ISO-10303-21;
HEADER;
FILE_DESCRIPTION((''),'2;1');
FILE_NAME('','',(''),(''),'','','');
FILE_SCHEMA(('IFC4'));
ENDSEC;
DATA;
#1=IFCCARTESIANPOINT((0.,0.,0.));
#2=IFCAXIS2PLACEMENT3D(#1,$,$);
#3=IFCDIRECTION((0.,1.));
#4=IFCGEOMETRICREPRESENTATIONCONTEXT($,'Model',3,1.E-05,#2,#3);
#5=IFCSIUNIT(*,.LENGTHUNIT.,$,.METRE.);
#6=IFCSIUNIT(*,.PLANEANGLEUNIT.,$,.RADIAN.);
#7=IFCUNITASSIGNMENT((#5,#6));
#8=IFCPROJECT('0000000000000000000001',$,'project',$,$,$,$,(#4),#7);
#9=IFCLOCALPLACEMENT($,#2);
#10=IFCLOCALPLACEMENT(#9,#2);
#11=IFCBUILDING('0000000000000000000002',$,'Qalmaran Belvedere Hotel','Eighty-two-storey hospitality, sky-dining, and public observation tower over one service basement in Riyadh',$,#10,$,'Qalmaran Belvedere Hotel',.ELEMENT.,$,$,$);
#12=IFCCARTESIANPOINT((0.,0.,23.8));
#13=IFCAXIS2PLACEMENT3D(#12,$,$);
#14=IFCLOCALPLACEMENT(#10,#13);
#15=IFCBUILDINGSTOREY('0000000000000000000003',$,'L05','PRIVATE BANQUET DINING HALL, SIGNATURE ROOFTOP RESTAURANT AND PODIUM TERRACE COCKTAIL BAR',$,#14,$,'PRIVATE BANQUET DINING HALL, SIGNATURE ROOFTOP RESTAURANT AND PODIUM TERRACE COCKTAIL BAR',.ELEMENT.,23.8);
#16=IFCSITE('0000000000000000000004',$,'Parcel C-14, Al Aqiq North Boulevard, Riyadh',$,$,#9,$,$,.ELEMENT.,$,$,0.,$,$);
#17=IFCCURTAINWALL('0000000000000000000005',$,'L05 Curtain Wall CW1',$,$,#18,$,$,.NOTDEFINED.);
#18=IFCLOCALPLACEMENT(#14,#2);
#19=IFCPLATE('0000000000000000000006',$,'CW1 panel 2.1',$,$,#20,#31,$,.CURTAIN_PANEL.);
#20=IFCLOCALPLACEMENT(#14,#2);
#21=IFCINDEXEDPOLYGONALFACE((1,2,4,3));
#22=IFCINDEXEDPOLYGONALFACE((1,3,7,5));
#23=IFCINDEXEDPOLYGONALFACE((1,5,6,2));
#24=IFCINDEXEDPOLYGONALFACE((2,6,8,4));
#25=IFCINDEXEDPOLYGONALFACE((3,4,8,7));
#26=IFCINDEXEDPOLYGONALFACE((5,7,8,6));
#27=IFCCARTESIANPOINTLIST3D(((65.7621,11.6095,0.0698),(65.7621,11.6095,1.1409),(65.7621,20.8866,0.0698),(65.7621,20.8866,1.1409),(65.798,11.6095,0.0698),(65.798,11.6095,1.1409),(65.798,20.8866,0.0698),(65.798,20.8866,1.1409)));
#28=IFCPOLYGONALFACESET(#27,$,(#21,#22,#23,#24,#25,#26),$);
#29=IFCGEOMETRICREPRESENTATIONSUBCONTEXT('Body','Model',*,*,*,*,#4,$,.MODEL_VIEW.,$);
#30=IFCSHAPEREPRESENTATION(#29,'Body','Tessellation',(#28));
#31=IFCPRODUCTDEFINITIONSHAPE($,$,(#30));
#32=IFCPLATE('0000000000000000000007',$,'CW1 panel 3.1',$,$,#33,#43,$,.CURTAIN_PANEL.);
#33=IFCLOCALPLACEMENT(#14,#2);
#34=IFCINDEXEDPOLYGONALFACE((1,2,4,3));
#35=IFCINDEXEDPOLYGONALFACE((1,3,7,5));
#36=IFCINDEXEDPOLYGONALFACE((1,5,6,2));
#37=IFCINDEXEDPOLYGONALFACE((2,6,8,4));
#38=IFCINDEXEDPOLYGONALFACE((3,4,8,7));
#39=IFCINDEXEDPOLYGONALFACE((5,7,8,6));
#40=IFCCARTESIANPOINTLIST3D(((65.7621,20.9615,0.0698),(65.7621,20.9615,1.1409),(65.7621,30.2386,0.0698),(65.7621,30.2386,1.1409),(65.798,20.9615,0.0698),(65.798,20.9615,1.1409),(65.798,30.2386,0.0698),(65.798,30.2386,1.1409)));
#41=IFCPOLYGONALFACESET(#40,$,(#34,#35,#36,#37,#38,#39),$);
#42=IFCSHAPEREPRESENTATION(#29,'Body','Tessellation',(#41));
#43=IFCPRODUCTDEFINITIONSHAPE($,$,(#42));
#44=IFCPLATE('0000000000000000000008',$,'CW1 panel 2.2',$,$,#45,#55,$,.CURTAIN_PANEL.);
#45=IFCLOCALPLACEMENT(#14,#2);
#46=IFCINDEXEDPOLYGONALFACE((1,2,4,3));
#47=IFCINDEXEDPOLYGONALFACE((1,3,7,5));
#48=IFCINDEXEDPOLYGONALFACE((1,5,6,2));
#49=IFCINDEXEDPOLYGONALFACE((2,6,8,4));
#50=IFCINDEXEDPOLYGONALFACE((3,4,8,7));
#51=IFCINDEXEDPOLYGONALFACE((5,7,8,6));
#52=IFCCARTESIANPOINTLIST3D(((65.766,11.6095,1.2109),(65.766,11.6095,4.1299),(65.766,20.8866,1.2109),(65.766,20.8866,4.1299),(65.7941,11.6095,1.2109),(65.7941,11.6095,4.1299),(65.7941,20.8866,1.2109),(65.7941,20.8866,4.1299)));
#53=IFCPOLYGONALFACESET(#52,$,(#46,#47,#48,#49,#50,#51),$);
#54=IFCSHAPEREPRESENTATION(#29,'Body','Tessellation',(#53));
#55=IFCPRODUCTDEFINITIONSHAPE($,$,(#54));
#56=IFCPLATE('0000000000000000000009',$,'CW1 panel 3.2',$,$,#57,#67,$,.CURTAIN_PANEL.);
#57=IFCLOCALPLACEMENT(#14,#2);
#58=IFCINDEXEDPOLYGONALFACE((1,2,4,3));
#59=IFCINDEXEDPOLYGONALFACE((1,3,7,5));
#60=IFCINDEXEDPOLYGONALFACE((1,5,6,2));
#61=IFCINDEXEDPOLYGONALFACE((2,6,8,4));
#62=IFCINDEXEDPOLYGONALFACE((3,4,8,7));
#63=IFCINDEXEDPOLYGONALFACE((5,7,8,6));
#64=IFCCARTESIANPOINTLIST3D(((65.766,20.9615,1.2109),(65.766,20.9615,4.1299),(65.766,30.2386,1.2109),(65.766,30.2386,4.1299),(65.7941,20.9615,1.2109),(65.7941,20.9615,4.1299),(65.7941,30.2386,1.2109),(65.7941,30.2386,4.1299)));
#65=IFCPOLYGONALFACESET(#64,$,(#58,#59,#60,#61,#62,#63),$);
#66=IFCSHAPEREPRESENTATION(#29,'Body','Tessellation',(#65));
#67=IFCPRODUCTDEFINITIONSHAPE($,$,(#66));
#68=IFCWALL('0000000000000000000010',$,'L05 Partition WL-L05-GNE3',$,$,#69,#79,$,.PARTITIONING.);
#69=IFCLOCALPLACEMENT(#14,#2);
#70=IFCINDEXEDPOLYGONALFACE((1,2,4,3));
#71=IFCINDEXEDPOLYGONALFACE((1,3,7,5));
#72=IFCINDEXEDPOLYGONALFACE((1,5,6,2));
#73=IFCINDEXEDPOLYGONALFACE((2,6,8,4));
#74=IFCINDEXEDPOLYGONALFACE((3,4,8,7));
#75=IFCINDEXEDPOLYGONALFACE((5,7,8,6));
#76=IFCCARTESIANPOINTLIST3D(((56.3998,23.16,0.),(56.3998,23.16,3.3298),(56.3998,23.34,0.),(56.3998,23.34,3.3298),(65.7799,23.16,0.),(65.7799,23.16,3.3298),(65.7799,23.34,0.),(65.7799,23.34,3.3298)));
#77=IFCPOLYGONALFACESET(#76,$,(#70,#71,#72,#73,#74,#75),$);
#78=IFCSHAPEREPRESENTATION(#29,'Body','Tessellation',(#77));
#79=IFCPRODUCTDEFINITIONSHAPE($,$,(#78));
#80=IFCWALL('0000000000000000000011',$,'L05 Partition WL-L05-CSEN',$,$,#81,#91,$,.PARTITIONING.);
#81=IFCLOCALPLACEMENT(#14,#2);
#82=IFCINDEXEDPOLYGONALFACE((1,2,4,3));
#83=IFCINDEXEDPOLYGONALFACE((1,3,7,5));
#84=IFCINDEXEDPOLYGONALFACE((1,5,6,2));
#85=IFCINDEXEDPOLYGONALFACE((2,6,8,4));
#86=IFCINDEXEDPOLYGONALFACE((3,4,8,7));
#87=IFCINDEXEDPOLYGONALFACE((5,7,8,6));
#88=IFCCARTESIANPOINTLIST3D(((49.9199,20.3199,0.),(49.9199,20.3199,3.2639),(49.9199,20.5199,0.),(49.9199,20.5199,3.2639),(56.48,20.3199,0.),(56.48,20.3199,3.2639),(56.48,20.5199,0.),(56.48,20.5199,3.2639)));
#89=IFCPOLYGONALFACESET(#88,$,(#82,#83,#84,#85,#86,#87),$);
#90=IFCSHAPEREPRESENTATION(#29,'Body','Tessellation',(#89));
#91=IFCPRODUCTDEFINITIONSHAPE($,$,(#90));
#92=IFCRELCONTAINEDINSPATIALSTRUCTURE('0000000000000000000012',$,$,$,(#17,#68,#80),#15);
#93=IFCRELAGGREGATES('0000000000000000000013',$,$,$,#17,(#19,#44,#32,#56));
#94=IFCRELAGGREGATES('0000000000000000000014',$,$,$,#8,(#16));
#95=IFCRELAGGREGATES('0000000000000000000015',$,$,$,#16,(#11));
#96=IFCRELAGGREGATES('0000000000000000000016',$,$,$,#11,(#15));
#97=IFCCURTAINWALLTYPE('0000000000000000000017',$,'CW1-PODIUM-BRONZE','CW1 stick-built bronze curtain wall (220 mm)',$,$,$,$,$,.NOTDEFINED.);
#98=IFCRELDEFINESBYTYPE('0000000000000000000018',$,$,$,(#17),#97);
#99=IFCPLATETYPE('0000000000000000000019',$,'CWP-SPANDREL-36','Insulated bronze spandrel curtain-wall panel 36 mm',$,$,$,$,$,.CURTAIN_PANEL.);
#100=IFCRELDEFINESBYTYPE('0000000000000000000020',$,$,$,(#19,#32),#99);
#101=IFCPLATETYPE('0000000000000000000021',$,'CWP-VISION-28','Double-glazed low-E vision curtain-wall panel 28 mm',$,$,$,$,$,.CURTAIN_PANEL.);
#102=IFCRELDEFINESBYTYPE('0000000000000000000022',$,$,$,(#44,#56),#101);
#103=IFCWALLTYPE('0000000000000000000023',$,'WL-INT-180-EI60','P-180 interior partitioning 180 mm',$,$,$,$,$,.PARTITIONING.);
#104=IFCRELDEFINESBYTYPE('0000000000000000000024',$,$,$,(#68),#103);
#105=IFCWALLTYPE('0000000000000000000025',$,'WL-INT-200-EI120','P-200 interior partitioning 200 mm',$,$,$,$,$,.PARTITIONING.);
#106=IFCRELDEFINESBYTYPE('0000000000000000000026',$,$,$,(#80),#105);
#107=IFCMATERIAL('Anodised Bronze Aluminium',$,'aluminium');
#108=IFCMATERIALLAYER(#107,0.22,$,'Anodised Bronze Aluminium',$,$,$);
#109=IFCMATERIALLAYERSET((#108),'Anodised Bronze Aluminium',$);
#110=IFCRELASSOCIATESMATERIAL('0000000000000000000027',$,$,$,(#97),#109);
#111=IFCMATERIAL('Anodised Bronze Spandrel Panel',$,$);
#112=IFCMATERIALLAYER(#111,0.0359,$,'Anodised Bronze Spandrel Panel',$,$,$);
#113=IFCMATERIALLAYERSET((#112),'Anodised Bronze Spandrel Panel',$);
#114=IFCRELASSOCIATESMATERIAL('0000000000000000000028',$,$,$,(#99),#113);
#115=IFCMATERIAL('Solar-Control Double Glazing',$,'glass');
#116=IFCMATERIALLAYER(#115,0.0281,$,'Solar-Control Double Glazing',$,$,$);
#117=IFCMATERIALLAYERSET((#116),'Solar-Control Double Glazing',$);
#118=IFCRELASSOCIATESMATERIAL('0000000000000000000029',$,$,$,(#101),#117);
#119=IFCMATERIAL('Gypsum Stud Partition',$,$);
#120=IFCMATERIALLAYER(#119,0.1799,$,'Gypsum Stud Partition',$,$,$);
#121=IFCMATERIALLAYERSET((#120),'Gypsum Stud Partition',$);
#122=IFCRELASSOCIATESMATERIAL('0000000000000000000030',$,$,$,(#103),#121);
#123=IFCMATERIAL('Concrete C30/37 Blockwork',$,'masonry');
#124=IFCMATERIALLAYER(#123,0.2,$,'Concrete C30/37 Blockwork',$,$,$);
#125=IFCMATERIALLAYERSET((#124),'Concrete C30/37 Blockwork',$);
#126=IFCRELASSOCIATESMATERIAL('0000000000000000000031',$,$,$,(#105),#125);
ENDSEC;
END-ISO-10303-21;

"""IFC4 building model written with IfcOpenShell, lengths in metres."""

from ifc_helpers import new_model, si_unit, direction, frame, frame_2d, origin, origin_2d, place, context, subcontext, project, spatial, rectangle, extrude, material, layer, layer_set, type_object, element, aggregate, save


model = new_model("IFC4")

# Units and contexts
model_context = context("Model", 3, precision=1e-05, world=origin(), true_north=direction((0.0, 1.0)))
body_context = subcontext(model_context, "Body", "Model", "MODEL_VIEW")
ifc_project = project(units=[si_unit("LENGTHUNIT", "METRE"), si_unit("PLANEANGLEUNIT", "RADIAN")], contexts=[model_context])

# Site, building, storey
site_placement = place(None, origin())
site = spatial("IfcSite", under=ifc_project, at=site_placement, Name="Parcel C-14, Al Aqiq North Boulevard, Riyadh", CompositionType="ELEMENT", RefElevation=0.0)
building_placement = place(site_placement, origin())
building = spatial("IfcBuilding", under=site, at=building_placement, Name="Qalmaran Belvedere Hotel", Description="Eighty-two-storey hospitality, sky-dining, and public observation tower over one service basement in Riyadh", LongName="Qalmaran Belvedere Hotel", CompositionType="ELEMENT")
storey_placement = place(building_placement, frame((0.0, 0.0, 23.8)))
storey = spatial("IfcBuildingStorey", under=building, at=storey_placement, Name="L05", Description="PRIVATE BANQUET DINING HALL, SIGNATURE ROOFTOP RESTAURANT AND PODIUM TERRACE COCKTAIL BAR", LongName="PRIVATE BANQUET DINING HALL, SIGNATURE ROOFTOP RESTAURANT AND PODIUM TERRACE COCKTAIL BAR", CompositionType="ELEMENT", Elevation=23.8)

# Curtain wall, plates
ifc_material_1 = material(Name="Anodised Bronze Aluminium", Category="aluminium")
ifc_layer_1 = layer(ifc_material_1, 0.22, Name="Anodised Bronze Aluminium")
ifc_layer_set_1 = layer_set([ifc_layer_1], Name="Anodised Bronze Aluminium")
curtain_wall_type = type_object("IfcCurtainWallType", Name="CW1-PODIUM-BRONZE", Description="CW1 stick-built bronze curtain wall (220 mm)", PredefinedType="NOTDEFINED", material=ifc_layer_set_1)
curtain_wall_placement = place(storey_placement, origin())
curtain_wall = element("IfcCurtainWall", 1, at=curtain_wall_placement, inside=storey, type_object=curtain_wall_type, Name="L05 Curtain Wall CW1", PredefinedType="NOTDEFINED")
ifc_material_2 = material(Name="Anodised Bronze Spandrel Panel")
ifc_layer_2 = layer(ifc_material_2, 0.0359, Name="Anodised Bronze Spandrel Panel")
ifc_layer_set_2 = layer_set([ifc_layer_2], Name="Anodised Bronze Spandrel Panel")
plate_type_1 = type_object("IfcPlateType", Name="CWP-SPANDREL-36", Description="Insulated bronze spandrel curtain-wall panel 36 mm", PredefinedType="CURTAIN_PANEL", material=ifc_layer_set_2)
plate_1_placement = place(storey_placement, frame((65.78, 16.248, 0.0698), z_axis=(0.0, 0.0, 1.0), x_axis=(0.0, 1.0, 0.0)))
plate_1 = element("IfcPlate", 2, at=plate_1_placement, type_object=plate_type_1, Name="CW1 panel 2.1", PredefinedType="CURTAIN_PANEL", context=body_context, shape_type="SweptSolid", body=[
    extrude(rectangle(XDim=9.2771, YDim=0.0359, at=origin_2d()), origin(), (0.0, 0.0, 1.0), 1.071),
])
plate_2_placement = place(storey_placement, frame((65.78, 25.6001, 0.0698), z_axis=(0.0, 0.0, 1.0), x_axis=(0.0, 1.0, 0.0)))
plate_2 = element("IfcPlate", 3, at=plate_2_placement, type_object=plate_type_1, Name="CW1 panel 3.1", PredefinedType="CURTAIN_PANEL", context=body_context, shape_type="SweptSolid", body=[
    extrude(rectangle(XDim=9.2771, YDim=0.0359, at=origin_2d()), origin(), (0.0, 0.0, 1.0), 1.071),
])
ifc_material_3 = material(Name="Solar-Control Double Glazing", Category="glass")
ifc_layer_3 = layer(ifc_material_3, 0.0281, Name="Solar-Control Double Glazing")
ifc_layer_set_3 = layer_set([ifc_layer_3], Name="Solar-Control Double Glazing")
plate_type_2 = type_object("IfcPlateType", Name="CWP-VISION-28", Description="Double-glazed low-E vision curtain-wall panel 28 mm", PredefinedType="CURTAIN_PANEL", material=ifc_layer_set_3)
plate_3_placement = place(storey_placement, frame((65.78, 16.248, 1.2109), z_axis=(0.0, 0.0, 1.0), x_axis=(0.0, 1.0, 0.0)))
plate_3 = element("IfcPlate", 4, at=plate_3_placement, type_object=plate_type_2, Name="CW1 panel 2.2", PredefinedType="CURTAIN_PANEL", context=body_context, shape_type="SweptSolid", body=[
    extrude(rectangle(XDim=9.2771, YDim=0.0281, at=origin_2d()), origin(), (0.0, 0.0, 1.0), 2.9189),
])
plate_4_placement = place(storey_placement, frame((65.78, 25.6001, 1.2109), z_axis=(0.0, 0.0, 1.0), x_axis=(0.0, 1.0, 0.0)))
plate_4 = element("IfcPlate", 5, at=plate_4_placement, type_object=plate_type_2, Name="CW1 panel 3.2", PredefinedType="CURTAIN_PANEL", context=body_context, shape_type="SweptSolid", body=[
    extrude(rectangle(XDim=9.2771, YDim=0.0281, at=origin_2d()), origin(), (0.0, 0.0, 1.0), 2.9189),
])
aggregate(curtain_wall, [plate_1, plate_3, plate_2, plate_4])

# Walls
ifc_material_4 = material(Name="Gypsum Stud Partition")
ifc_layer_4 = layer(ifc_material_4, 0.1799, Name="Gypsum Stud Partition")
ifc_layer_set_4 = layer_set([ifc_layer_4], Name="Gypsum Stud Partition")
wall_type_1 = type_object("IfcWallType", Name="WL-INT-180-EI60", Description="P-180 interior partitioning 180 mm", PredefinedType="PARTITIONING", material=ifc_layer_set_4)
wall_1_placement = place(storey_placement, frame((56.3999, 23.25, 0.0), z_axis=(0.0, 0.0, 1.0), x_axis=(1.0, 0.0, 0.0)))
element("IfcWall", 6, at=wall_1_placement, inside=storey, type_object=wall_type_1, Name="L05 Partition WL-L05-GNE3", PredefinedType="PARTITIONING", context=body_context, shape_type="SweptSolid", body=[
    extrude(rectangle(XDim=9.3801, YDim=0.1799, at=frame_2d((4.6899, 0.0))), origin(), (0.0, 0.0, 1.0), 3.3298),
])
ifc_material_5 = material(Name="Concrete C30/37 Blockwork", Category="masonry")
ifc_layer_5 = layer(ifc_material_5, 0.2, Name="Concrete C30/37 Blockwork")
ifc_layer_set_5 = layer_set([ifc_layer_5], Name="Concrete C30/37 Blockwork")
wall_type_2 = type_object("IfcWallType", Name="WL-INT-200-EI120", Description="P-200 interior partitioning 200 mm", PredefinedType="PARTITIONING", material=ifc_layer_set_5)
wall_2_placement = place(storey_placement, frame((49.9199, 20.4199, 0.0), z_axis=(0.0, 0.0, 1.0), x_axis=(1.0, 0.0, 0.0)))
element("IfcWall", 7, at=wall_2_placement, inside=storey, type_object=wall_type_2, Name="L05 Partition WL-L05-CSEN", PredefinedType="PARTITIONING", context=body_context, shape_type="SweptSolid", body=[
    extrude(rectangle(XDim=6.5601, YDim=0.2, at=frame_2d((3.28, 0.0))), origin(), (0.0, 0.0, 1.0), 3.2639),
])

save(model, "model.ifc")
